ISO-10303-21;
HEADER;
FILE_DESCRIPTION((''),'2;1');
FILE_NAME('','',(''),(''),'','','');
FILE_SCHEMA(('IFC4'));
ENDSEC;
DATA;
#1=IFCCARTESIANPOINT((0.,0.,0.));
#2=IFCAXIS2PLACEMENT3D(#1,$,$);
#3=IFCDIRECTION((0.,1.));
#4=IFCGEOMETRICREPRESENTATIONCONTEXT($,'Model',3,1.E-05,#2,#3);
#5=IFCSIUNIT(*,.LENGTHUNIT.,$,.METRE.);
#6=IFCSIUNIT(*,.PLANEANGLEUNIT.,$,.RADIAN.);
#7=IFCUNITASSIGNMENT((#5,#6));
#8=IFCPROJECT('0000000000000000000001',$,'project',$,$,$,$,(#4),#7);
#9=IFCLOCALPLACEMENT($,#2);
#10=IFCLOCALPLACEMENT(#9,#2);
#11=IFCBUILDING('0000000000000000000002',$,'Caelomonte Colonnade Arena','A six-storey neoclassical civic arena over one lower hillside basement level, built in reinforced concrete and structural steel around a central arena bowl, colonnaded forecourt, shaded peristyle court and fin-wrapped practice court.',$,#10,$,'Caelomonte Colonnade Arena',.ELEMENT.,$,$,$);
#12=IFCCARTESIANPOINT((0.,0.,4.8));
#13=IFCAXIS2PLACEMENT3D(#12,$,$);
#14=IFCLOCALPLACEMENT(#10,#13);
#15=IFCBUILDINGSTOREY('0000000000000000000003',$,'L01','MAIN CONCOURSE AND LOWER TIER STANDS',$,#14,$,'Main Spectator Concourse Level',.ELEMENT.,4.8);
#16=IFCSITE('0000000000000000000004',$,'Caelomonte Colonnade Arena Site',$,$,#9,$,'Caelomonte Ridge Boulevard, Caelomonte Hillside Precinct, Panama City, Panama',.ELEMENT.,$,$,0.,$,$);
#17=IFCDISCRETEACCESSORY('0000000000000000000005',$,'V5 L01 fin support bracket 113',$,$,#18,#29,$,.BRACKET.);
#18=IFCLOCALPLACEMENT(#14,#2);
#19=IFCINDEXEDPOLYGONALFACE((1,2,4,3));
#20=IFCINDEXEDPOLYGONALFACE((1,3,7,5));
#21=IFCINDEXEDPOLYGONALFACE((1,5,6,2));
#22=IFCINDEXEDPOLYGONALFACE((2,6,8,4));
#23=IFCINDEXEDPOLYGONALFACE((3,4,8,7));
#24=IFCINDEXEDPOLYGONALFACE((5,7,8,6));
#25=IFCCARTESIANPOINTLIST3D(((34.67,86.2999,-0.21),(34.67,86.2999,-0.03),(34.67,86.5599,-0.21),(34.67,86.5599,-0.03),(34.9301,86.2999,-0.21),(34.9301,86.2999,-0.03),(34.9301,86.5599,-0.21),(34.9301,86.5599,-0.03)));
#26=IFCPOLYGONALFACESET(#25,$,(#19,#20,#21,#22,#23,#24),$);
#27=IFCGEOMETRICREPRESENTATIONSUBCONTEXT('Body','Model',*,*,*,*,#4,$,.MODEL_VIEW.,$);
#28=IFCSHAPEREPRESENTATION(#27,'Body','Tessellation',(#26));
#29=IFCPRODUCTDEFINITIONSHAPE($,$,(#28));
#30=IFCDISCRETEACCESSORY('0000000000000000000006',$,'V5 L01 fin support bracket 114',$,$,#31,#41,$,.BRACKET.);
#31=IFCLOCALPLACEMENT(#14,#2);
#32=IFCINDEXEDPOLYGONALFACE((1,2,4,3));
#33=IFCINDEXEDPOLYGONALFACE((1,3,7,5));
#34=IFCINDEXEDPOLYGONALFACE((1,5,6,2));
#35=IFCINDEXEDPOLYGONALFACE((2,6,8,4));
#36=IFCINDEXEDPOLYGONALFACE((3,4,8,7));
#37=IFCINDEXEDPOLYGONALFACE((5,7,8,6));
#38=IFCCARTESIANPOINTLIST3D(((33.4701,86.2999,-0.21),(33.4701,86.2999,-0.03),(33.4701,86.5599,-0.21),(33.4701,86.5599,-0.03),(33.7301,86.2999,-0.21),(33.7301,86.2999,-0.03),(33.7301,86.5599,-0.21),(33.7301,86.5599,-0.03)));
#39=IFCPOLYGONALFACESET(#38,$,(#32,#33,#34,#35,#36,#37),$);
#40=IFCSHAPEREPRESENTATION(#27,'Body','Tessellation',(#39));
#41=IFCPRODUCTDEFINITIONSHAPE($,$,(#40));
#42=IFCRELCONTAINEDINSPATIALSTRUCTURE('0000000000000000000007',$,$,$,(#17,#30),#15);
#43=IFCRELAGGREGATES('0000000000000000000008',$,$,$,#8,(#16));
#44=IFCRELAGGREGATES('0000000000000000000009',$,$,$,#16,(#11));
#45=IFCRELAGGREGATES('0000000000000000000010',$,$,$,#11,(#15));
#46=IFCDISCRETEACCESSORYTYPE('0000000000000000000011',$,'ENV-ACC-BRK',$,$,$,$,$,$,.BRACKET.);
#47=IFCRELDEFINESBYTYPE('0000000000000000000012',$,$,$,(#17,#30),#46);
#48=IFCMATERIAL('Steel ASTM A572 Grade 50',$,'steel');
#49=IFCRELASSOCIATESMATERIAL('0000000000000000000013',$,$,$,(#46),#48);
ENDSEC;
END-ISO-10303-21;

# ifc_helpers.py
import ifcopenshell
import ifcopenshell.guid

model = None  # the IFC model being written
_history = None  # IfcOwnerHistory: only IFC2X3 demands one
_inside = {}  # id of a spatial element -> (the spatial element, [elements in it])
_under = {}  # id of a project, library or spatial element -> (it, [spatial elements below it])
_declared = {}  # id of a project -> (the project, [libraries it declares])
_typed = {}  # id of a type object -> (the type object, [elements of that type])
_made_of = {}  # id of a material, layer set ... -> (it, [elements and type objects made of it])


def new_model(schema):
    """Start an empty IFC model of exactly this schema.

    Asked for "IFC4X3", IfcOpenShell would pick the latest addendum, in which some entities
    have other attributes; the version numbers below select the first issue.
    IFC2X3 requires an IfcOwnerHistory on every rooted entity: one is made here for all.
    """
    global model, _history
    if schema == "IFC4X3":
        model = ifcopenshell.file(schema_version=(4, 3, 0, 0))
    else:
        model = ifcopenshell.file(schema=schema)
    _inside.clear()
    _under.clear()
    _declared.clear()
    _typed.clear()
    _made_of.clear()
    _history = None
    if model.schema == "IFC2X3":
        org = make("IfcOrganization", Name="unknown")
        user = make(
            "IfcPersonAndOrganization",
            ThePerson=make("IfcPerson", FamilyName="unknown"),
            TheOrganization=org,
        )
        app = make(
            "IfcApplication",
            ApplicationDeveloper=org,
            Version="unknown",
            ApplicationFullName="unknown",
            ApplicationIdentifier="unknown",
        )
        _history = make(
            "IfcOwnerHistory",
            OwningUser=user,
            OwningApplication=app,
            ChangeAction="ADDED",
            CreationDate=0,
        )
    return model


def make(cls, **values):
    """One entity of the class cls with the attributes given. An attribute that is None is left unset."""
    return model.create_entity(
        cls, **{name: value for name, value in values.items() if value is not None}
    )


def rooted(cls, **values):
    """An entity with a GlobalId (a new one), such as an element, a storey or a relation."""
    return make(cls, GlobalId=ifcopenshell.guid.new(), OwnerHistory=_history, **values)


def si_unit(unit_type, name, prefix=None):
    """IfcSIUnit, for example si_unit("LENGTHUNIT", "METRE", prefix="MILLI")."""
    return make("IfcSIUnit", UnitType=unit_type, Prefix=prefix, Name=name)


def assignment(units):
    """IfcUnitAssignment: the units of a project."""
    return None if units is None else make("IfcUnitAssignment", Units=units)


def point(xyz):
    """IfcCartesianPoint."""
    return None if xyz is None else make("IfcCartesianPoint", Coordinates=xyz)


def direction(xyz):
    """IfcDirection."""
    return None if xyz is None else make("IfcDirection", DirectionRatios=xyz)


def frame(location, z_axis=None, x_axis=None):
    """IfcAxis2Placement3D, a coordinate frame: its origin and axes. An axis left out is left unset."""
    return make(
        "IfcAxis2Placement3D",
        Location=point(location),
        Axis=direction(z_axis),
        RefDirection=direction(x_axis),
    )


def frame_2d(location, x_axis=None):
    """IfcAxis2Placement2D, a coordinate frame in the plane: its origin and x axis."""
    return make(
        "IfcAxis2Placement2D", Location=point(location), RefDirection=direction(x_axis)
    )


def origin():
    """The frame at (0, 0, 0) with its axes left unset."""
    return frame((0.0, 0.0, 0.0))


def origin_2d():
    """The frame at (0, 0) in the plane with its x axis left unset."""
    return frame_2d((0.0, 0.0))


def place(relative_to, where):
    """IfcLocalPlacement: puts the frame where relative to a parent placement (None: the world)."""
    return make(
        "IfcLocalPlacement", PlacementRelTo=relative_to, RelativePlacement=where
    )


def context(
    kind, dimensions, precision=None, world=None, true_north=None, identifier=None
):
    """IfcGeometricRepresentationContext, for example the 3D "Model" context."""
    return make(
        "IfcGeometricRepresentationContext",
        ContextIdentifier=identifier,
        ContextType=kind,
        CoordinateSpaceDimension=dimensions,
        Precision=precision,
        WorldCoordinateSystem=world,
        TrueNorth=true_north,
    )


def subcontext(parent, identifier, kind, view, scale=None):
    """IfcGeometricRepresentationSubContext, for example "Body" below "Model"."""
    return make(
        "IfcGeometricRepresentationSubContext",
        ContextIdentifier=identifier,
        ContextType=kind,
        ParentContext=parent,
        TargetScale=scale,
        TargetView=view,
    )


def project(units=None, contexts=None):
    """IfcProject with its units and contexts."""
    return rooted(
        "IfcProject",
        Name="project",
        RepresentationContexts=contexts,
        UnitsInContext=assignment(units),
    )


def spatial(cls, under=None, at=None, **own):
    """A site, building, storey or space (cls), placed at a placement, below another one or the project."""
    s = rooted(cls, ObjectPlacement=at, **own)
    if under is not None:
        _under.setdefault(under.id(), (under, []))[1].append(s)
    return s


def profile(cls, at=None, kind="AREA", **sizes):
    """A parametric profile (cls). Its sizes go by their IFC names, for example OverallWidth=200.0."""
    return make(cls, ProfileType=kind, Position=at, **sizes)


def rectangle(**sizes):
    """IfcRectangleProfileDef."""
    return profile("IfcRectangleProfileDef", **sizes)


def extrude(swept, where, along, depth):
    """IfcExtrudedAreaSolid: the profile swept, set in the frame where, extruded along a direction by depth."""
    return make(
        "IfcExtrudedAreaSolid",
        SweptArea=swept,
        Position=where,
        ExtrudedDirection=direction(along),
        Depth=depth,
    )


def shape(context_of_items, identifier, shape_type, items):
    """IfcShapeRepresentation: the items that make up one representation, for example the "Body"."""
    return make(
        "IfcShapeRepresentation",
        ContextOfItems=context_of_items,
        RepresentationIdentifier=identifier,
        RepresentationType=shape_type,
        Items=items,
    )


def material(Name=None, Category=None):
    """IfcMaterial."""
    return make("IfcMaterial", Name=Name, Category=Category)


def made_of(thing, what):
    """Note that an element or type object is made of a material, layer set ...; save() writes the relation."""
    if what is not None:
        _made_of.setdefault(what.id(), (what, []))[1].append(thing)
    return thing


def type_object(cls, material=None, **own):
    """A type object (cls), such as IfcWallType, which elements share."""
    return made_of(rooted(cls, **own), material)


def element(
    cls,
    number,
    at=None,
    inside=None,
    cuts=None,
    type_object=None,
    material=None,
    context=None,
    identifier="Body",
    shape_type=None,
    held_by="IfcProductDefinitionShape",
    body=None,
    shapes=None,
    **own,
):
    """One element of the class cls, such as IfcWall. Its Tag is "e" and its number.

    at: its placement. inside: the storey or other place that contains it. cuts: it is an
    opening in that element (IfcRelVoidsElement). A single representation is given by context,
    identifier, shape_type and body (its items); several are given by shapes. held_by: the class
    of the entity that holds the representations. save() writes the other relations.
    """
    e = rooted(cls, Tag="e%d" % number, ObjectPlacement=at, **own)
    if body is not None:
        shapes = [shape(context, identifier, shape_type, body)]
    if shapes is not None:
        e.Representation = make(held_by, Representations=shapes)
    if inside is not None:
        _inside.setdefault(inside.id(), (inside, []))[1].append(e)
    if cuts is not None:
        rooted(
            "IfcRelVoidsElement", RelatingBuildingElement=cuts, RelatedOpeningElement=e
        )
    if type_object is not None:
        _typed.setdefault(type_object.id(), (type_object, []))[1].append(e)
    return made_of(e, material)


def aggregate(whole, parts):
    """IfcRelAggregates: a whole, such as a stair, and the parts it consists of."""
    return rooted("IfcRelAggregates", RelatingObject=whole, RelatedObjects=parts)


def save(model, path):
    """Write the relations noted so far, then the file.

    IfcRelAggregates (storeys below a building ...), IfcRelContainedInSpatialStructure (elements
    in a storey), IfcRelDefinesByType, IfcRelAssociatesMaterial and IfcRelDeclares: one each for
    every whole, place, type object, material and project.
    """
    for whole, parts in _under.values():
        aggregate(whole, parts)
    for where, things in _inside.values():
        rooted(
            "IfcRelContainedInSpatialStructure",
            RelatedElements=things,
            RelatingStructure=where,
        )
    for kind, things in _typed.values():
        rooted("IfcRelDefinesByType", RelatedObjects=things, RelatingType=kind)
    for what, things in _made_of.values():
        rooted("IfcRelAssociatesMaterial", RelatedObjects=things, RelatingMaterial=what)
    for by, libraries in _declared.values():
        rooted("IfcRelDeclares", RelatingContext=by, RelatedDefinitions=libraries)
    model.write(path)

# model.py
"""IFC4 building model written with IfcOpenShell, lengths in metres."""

from ifc_helpers import new_model, si_unit, direction, frame, origin, origin_2d, place, context, subcontext, project, spatial, rectangle, extrude, material, type_object, element, save


model = new_model("IFC4")

# Units and contexts
model_context = context("Model", 3, precision=1e-05, world=origin(), true_north=direction((0.0, 1.0)))
body_context = subcontext(model_context, "Body", "Model", "MODEL_VIEW")
ifc_project = project(units=[si_unit("LENGTHUNIT", "METRE"), si_unit("PLANEANGLEUNIT", "RADIAN")], contexts=[model_context])

# Site, building, storey
site_placement = place(None, origin())
site = spatial("IfcSite", under=ifc_project, at=site_placement, Name="Caelomonte Colonnade Arena Site", LongName="Caelomonte Ridge Boulevard, Caelomonte Hillside Precinct, Panama City, Panama", CompositionType="ELEMENT", RefElevation=0.0)
building_placement = place(site_placement, origin())
building = spatial("IfcBuilding", under=site, at=building_placement, Name="Caelomonte Colonnade Arena", Description="A six-storey neoclassical civic arena over one lower hillside basement level, built in reinforced concrete and structural steel around a central arena bowl, colonnaded forecourt, shaded peristyle court and fin-wrapped practice court.", LongName="Caelomonte Colonnade Arena", CompositionType="ELEMENT")
storey_placement = place(building_placement, frame((0.0, 0.0, 4.8)))
storey = spatial("IfcBuildingStorey", under=building, at=storey_placement, Name="L01", Description="MAIN CONCOURSE AND LOWER TIER STANDS", LongName="Main Spectator Concourse Level", CompositionType="ELEMENT", Elevation=4.8)

# Discrete accessories
ifc_material_1 = material(Name="Steel ASTM A572 Grade 50", Category="steel")
discrete_accessory_type = type_object("IfcDiscreteAccessoryType", Name="ENV-ACC-BRK", PredefinedType="BRACKET", material=ifc_material_1)
for number, where, z_axis, x_axis, name in (
    (1, (34.8, 86.4299, -0.21), (0.0, 0.0, 1.0), (-1.0, 0.0, 0.0), "V5 L01 fin support bracket 113"),
    (2, (33.6001, 86.4299, -0.21), (0.0, 0.0, 1.0), (-1.0, 0.0, 0.0), "V5 L01 fin support bracket 114"),
):
    element("IfcDiscreteAccessory", number, at=place(storey_placement, frame(where, z_axis=z_axis, x_axis=x_axis)), inside=storey, type_object=discrete_accessory_type, Name=name, PredefinedType="BRACKET", context=body_context, shape_type="SweptSolid", body=[
        extrude(rectangle(XDim=0.26, YDim=0.26, at=origin_2d()), origin(), (0.0, 0.0, 1.0), 0.1799),
    ])

save(model, "model.ifc")
